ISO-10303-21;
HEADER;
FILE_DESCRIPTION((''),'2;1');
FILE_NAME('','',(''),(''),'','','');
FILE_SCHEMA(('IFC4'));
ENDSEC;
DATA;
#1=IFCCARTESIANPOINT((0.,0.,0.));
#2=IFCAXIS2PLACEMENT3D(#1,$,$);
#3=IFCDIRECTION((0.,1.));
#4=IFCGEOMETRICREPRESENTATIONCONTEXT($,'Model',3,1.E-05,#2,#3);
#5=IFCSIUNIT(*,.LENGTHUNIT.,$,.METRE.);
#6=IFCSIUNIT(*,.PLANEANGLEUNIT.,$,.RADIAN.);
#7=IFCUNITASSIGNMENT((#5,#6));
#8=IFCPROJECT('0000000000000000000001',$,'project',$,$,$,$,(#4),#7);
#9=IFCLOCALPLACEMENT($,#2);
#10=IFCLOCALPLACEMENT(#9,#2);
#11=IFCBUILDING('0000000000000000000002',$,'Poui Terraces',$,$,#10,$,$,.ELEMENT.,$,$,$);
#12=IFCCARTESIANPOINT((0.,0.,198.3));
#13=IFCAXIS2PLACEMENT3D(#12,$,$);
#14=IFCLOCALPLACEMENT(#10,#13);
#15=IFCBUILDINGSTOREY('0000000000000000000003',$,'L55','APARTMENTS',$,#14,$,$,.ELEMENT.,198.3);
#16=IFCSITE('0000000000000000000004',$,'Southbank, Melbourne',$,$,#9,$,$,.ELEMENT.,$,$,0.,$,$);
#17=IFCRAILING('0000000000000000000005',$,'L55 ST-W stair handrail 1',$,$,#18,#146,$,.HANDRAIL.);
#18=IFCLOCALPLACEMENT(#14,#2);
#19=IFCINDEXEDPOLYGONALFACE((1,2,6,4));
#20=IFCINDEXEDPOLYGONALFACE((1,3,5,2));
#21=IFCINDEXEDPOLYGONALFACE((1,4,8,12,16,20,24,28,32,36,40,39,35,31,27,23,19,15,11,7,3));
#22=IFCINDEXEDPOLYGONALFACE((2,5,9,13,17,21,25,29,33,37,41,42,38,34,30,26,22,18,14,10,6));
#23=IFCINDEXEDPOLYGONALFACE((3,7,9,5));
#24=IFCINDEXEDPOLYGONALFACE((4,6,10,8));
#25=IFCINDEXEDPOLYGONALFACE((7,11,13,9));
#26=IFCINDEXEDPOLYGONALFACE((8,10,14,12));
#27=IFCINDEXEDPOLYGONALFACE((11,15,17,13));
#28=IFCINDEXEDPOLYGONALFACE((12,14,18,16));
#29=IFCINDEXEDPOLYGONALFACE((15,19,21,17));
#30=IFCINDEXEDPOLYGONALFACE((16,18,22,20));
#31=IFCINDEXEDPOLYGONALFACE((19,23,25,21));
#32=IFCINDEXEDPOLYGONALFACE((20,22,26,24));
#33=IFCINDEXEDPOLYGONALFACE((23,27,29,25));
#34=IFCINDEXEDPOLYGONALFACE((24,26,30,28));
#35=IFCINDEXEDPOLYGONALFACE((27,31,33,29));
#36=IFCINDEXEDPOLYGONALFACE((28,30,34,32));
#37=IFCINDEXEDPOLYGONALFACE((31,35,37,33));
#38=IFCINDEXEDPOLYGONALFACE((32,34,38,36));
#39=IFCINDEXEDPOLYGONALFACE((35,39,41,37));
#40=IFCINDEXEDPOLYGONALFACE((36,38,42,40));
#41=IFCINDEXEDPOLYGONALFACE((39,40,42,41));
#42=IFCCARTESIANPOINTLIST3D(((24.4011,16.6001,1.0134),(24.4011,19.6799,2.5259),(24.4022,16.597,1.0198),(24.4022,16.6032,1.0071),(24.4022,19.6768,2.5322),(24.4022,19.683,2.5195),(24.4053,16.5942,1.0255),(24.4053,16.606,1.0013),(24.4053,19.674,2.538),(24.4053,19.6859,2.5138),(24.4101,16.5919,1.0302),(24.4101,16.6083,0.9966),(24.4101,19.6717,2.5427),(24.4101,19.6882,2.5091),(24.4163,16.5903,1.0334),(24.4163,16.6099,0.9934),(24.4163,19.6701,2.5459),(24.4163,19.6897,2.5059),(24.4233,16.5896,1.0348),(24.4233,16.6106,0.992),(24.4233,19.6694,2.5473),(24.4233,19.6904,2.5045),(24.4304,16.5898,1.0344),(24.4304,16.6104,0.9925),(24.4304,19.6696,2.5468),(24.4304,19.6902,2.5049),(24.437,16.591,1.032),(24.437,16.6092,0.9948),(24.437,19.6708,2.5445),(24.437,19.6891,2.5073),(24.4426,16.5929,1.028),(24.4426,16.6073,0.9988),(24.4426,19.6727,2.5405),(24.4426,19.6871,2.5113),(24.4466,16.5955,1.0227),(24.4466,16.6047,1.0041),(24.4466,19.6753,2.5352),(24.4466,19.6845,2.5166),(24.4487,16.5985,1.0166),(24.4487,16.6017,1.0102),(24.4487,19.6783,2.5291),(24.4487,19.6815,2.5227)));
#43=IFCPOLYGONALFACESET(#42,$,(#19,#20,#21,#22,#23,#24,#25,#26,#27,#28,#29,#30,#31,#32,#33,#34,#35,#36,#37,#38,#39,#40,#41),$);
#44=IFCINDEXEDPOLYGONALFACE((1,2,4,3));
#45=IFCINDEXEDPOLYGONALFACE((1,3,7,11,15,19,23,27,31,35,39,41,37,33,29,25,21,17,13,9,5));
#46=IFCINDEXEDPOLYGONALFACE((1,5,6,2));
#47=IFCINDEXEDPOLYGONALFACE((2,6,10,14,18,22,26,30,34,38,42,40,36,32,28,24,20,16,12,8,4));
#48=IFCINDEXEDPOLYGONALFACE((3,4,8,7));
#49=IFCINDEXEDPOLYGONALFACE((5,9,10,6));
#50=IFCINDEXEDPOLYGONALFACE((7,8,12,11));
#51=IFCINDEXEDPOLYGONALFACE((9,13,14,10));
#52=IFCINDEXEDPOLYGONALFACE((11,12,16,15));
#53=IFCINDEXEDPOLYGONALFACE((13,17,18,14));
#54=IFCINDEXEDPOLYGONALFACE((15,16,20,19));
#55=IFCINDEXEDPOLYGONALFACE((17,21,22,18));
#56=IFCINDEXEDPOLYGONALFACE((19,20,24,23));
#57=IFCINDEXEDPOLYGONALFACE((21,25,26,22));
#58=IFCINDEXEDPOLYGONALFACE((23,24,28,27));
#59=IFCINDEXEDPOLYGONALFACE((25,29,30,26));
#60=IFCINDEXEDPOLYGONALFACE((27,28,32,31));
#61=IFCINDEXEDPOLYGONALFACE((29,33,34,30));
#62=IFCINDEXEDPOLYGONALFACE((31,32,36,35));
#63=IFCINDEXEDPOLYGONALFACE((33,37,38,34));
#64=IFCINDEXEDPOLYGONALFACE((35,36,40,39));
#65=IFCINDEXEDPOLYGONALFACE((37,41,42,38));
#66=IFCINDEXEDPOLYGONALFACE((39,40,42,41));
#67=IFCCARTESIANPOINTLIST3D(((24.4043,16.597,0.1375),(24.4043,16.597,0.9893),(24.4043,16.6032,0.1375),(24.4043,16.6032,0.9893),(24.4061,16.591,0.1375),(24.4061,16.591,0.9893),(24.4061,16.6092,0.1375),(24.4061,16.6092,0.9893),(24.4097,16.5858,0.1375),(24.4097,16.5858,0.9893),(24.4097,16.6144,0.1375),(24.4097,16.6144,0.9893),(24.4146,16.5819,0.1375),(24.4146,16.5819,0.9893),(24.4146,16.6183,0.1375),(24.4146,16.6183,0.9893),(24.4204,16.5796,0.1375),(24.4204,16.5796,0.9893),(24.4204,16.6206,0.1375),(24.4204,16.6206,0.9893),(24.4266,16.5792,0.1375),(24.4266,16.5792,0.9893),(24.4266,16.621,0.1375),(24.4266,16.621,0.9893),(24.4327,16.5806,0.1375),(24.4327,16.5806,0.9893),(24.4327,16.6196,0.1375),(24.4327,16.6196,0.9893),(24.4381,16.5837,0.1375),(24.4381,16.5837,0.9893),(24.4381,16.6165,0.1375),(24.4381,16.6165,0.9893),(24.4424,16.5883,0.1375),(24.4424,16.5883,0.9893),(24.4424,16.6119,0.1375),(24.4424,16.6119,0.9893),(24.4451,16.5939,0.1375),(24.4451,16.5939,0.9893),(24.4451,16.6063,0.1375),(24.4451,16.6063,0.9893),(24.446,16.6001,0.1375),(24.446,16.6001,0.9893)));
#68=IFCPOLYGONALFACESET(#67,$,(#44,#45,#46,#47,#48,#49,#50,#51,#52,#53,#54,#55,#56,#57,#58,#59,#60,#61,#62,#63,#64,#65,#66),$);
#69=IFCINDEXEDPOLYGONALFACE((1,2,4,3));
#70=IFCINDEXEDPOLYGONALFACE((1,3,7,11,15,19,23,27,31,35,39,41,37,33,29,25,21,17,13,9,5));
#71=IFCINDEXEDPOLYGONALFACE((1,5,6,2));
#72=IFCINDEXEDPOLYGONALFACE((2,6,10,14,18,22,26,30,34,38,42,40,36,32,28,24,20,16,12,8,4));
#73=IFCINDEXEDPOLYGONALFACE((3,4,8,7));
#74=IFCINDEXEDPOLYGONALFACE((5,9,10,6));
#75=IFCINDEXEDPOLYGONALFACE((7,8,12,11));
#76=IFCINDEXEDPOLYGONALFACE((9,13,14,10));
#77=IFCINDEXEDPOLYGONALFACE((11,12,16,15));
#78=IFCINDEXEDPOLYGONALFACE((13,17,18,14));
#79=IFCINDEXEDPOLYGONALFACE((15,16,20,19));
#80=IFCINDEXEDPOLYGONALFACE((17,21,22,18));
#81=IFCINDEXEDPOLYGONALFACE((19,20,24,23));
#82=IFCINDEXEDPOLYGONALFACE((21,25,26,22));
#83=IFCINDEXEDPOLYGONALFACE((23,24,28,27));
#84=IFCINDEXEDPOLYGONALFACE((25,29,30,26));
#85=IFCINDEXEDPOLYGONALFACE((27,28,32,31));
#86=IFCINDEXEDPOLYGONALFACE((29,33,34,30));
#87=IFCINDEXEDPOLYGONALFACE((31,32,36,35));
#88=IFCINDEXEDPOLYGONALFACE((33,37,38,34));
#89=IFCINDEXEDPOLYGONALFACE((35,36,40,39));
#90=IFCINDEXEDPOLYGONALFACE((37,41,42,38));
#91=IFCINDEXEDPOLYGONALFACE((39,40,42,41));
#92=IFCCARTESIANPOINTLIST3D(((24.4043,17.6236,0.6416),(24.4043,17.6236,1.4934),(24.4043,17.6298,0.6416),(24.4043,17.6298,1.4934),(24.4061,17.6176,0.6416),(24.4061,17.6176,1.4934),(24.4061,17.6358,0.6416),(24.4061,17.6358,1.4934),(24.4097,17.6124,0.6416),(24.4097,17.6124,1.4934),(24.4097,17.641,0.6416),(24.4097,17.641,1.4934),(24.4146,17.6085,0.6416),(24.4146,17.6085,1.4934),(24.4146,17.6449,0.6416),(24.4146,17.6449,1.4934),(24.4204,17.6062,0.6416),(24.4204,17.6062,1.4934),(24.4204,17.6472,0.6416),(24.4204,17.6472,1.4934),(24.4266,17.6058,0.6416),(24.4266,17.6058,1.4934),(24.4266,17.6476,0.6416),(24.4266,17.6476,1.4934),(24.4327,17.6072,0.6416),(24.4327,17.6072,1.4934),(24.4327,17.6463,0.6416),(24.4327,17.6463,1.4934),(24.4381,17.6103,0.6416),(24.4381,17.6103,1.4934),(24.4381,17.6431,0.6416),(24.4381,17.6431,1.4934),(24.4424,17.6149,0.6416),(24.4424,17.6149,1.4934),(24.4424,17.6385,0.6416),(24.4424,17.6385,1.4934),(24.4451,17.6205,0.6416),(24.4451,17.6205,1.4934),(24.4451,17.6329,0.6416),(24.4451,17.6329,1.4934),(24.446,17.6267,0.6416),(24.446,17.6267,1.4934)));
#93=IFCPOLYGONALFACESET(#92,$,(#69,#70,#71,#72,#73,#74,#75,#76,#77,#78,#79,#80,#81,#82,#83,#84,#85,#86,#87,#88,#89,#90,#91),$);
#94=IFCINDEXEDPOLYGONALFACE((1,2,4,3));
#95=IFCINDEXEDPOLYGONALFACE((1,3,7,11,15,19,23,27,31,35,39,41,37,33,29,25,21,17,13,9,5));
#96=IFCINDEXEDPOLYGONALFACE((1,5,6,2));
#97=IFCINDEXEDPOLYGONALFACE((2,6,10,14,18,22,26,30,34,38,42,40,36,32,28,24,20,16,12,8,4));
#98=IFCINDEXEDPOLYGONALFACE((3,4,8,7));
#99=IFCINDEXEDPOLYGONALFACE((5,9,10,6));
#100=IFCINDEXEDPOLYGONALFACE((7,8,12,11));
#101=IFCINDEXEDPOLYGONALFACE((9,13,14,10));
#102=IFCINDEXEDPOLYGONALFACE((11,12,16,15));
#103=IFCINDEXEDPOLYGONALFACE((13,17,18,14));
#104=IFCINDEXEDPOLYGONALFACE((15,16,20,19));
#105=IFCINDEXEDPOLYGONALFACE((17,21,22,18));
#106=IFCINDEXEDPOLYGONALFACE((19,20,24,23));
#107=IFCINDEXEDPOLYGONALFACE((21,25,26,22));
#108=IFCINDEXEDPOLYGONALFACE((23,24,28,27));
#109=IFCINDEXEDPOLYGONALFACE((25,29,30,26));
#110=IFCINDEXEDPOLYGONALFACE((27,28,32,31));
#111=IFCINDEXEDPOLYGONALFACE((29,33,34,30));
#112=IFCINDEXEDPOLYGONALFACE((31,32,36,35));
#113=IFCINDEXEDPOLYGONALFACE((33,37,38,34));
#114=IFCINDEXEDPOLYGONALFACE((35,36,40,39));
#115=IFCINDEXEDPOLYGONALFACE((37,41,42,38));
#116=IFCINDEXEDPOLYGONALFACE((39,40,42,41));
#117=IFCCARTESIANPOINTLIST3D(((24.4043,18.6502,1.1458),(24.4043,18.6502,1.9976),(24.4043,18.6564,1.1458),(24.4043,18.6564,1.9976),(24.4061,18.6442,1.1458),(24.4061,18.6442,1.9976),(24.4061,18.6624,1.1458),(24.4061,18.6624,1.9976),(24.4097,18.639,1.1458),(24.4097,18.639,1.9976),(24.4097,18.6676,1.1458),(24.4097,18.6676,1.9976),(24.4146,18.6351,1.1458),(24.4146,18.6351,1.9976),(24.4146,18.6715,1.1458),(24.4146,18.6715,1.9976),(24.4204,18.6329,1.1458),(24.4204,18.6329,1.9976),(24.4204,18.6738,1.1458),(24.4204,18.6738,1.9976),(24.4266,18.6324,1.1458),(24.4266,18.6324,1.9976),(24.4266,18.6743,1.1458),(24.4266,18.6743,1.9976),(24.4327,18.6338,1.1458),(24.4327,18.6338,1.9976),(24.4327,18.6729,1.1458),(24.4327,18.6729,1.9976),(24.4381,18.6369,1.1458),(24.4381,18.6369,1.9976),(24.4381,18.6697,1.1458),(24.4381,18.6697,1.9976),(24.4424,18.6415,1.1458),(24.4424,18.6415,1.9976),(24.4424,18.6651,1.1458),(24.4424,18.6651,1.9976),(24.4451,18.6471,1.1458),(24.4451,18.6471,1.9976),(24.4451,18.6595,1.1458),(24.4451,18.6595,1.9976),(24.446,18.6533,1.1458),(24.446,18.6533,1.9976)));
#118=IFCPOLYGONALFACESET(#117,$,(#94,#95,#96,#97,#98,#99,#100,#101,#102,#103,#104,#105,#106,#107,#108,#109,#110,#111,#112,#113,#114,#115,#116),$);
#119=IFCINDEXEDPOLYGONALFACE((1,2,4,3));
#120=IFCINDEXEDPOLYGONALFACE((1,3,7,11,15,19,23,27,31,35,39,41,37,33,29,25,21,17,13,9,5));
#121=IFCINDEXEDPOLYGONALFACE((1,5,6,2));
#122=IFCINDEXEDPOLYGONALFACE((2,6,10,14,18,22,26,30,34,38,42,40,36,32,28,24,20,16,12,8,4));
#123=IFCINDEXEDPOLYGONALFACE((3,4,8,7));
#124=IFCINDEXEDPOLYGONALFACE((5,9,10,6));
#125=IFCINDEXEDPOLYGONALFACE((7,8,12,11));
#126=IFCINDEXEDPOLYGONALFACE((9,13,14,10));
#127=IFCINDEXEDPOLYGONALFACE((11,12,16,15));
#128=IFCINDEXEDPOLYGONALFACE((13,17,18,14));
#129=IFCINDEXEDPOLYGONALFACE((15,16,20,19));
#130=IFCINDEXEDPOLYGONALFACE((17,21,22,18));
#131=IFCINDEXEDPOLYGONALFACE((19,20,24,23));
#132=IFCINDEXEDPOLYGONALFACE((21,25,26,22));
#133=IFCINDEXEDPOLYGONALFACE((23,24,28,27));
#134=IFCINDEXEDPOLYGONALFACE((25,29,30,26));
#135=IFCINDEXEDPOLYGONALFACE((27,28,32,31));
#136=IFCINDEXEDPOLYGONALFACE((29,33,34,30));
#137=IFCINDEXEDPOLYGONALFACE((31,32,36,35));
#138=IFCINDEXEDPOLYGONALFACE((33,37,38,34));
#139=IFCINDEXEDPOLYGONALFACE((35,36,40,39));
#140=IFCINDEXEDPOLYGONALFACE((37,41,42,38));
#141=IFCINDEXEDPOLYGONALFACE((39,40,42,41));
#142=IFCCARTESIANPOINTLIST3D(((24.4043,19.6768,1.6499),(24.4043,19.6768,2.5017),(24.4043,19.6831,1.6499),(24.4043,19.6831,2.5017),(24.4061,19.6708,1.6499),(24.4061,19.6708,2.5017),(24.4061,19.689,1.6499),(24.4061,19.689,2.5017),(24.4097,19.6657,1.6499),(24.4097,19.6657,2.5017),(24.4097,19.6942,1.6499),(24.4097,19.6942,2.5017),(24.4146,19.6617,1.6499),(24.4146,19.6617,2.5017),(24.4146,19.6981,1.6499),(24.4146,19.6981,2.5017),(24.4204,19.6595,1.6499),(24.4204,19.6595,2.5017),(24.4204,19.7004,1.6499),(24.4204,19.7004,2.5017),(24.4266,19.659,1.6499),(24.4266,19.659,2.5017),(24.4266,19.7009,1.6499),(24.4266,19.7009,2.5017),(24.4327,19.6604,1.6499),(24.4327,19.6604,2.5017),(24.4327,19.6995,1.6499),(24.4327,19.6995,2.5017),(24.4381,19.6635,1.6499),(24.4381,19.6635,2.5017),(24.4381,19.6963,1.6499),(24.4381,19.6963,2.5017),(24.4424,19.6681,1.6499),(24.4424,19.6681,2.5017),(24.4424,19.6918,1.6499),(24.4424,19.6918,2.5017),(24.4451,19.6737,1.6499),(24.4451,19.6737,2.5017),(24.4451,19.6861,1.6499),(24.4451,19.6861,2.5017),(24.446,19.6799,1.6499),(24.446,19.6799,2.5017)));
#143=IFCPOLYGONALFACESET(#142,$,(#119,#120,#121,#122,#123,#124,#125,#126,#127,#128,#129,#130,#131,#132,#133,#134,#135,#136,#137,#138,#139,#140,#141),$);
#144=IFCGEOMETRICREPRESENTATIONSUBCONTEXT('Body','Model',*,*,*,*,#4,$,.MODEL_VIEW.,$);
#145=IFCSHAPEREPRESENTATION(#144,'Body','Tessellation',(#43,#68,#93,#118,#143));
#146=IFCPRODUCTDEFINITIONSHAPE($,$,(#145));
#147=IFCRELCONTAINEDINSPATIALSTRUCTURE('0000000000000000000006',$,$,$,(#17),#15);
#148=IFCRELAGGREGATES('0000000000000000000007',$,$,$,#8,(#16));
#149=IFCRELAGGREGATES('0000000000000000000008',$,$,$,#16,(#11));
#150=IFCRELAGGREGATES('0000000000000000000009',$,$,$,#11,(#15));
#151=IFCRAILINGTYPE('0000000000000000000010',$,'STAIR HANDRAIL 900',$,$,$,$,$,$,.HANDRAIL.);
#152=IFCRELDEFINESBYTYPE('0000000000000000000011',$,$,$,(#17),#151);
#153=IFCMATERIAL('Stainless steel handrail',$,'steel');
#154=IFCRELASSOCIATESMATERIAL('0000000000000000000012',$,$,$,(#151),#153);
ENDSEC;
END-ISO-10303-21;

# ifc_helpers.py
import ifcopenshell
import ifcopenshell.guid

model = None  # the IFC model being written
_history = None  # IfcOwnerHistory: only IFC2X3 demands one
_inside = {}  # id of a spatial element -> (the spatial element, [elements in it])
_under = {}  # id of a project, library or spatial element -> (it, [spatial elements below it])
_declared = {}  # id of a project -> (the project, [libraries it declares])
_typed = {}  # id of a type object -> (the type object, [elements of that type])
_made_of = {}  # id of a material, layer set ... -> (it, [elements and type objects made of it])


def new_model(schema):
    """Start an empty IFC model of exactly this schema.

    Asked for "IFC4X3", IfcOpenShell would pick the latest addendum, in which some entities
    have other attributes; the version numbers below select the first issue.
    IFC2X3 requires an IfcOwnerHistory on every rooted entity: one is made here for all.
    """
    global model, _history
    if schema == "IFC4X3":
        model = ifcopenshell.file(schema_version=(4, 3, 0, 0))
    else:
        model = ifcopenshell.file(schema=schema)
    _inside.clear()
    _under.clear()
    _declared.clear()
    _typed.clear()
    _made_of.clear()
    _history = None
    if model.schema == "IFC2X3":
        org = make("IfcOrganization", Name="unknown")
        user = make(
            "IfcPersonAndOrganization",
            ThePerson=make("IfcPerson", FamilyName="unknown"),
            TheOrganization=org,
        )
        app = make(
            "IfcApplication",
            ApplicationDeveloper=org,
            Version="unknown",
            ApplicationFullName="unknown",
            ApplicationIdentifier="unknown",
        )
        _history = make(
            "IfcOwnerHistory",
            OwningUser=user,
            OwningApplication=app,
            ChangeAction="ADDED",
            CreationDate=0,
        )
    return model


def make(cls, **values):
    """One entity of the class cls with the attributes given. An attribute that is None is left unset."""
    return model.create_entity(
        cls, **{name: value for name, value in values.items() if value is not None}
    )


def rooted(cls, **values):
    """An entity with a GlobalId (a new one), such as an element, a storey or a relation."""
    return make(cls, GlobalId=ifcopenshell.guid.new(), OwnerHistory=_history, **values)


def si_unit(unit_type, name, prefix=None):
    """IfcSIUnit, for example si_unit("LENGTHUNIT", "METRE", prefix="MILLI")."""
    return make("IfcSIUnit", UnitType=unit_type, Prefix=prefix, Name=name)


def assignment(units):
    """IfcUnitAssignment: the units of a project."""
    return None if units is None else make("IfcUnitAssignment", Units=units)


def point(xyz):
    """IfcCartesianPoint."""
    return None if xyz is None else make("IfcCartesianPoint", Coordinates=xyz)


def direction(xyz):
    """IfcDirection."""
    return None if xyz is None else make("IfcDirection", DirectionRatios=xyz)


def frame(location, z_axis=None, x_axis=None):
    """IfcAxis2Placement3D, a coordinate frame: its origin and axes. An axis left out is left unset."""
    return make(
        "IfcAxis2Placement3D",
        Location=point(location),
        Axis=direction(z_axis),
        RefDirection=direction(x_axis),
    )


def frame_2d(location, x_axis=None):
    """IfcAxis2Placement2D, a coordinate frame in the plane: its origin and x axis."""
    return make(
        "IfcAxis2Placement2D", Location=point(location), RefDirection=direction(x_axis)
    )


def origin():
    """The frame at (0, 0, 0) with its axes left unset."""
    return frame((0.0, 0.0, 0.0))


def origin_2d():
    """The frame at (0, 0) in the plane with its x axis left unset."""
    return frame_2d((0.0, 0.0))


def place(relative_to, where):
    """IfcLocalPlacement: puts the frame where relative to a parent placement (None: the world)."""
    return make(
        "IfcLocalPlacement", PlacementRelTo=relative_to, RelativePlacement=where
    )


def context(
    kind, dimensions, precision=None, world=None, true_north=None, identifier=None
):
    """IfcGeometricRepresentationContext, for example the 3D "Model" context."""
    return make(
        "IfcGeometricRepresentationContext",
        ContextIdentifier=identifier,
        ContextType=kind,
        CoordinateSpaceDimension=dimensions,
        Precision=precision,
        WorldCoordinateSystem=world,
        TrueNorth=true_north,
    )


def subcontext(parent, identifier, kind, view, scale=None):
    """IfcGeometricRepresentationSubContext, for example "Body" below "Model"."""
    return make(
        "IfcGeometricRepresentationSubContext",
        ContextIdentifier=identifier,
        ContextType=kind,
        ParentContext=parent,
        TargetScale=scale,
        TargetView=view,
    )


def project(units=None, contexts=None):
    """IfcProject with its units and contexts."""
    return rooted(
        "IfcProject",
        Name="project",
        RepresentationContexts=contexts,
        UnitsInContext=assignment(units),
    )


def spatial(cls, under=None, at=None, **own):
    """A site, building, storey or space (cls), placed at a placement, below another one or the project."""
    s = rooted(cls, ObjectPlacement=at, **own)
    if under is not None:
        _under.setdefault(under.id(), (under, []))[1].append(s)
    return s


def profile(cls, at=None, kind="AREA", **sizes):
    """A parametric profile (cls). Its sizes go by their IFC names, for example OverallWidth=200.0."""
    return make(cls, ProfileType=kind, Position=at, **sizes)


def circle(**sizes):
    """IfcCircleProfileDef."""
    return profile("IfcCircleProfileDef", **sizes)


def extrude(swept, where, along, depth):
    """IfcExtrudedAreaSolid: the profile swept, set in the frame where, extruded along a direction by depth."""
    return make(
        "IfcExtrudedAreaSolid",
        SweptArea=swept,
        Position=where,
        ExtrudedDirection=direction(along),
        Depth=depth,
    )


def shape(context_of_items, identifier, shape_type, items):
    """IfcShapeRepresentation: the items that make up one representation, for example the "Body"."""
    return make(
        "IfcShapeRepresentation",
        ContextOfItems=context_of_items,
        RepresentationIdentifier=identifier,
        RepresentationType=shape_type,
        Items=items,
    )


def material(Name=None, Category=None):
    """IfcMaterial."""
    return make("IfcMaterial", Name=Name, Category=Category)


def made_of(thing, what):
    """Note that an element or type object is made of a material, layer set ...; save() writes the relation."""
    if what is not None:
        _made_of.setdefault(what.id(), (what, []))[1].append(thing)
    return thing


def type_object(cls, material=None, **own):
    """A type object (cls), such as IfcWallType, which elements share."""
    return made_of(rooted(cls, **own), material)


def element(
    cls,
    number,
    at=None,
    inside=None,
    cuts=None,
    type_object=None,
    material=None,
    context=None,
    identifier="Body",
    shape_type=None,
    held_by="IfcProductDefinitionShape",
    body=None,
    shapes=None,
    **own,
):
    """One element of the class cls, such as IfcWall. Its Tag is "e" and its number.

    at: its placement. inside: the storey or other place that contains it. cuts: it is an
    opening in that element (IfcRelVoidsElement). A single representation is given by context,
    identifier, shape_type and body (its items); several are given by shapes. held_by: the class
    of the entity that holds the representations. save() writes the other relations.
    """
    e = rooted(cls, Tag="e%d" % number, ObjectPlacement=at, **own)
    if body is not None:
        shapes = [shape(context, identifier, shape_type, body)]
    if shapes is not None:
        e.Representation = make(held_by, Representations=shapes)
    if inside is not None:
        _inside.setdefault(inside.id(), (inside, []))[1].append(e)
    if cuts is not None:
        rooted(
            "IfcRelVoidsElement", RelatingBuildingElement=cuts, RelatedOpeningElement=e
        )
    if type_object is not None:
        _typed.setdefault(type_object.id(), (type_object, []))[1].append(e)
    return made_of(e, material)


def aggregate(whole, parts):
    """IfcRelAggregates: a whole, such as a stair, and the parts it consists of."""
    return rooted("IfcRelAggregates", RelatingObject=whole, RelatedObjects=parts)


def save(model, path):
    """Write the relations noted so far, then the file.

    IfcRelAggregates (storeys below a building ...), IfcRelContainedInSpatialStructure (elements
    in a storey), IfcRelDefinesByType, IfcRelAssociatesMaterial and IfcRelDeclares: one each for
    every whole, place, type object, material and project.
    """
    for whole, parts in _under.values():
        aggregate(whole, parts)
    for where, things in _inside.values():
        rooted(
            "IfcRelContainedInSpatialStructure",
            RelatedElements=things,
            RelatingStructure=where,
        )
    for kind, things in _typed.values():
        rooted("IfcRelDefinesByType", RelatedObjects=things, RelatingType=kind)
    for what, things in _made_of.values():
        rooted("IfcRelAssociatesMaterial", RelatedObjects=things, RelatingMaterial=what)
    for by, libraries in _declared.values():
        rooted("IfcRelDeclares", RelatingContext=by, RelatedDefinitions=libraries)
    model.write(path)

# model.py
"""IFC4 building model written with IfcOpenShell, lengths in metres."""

from ifc_helpers import new_model, si_unit, direction, frame, origin, origin_2d, place, context, subcontext, project, spatial, circle, extrude, material, type_object, element, save


model = new_model("IFC4")

# Units and contexts
model_context = context("Model", 3, precision=1e-05, world=origin(), true_north=direction((0.0, 1.0)))
body_context = subcontext(model_context, "Body", "Model", "MODEL_VIEW")
ifc_project = project(units=[si_unit("LENGTHUNIT", "METRE"), si_unit("PLANEANGLEUNIT", "RADIAN")], contexts=[model_context])

# Site, building, storey
site_placement = place(None, origin())
site = spatial("IfcSite", under=ifc_project, at=site_placement, Name="Southbank, Melbourne", CompositionType="ELEMENT", RefElevation=0.0)
building_placement = place(site_placement, origin())
building = spatial("IfcBuilding", under=site, at=building_placement, Name="Poui Terraces", CompositionType="ELEMENT")
storey_placement = place(building_placement, frame((0.0, 0.0, 198.3)))
storey = spatial("IfcBuildingStorey", under=building, at=storey_placement, Name="L55", Description="APARTMENTS", CompositionType="ELEMENT", Elevation=198.3)

# Railing
ifc_material_1 = material(Name="Stainless steel handrail", Category="steel")
railing_type_1 = type_object("IfcRailingType", Name="STAIR HANDRAIL 900", PredefinedType="HANDRAIL", material=ifc_material_1)
railing_1_placement = place(storey_placement, frame((24.425, 16.6001, 0.1375)))
element("IfcRailing", 1, at=railing_1_placement, inside=storey, type_object=railing_type_1, Name="L55 ST-W stair handrail 1", PredefinedType="HANDRAIL", context=body_context, shape_type="SweptSolid", body=[
    extrude(circle(Radius=0.0239, at=origin_2d()), frame((0.0, 0.0, 0.876), z_axis=(0.0, 0.897606, 0.440798), x_axis=(-1.0, 0.0, 0.0)), (0.0, 0.0, 1.0), 3.4312),
    extrude(circle(Radius=0.021, at=origin_2d()), origin(), (0.0, 0.0, 1.0), 0.8518),
    extrude(circle(Radius=0.021, at=origin_2d()), frame((0.0, 1.0266, 0.5042)), (0.0, 0.0, 1.0), 0.8518),
    extrude(circle(Radius=0.021, at=origin_2d()), frame((0.0, 2.0532, 1.0083)), (0.0, 0.0, 1.0), 0.8518),
    extrude(circle(Radius=0.021, at=origin_2d()), frame((0.0, 3.0798, 1.5125)), (0.0, 0.0, 1.0), 0.8518),
])

save(model, "model.ifc")
